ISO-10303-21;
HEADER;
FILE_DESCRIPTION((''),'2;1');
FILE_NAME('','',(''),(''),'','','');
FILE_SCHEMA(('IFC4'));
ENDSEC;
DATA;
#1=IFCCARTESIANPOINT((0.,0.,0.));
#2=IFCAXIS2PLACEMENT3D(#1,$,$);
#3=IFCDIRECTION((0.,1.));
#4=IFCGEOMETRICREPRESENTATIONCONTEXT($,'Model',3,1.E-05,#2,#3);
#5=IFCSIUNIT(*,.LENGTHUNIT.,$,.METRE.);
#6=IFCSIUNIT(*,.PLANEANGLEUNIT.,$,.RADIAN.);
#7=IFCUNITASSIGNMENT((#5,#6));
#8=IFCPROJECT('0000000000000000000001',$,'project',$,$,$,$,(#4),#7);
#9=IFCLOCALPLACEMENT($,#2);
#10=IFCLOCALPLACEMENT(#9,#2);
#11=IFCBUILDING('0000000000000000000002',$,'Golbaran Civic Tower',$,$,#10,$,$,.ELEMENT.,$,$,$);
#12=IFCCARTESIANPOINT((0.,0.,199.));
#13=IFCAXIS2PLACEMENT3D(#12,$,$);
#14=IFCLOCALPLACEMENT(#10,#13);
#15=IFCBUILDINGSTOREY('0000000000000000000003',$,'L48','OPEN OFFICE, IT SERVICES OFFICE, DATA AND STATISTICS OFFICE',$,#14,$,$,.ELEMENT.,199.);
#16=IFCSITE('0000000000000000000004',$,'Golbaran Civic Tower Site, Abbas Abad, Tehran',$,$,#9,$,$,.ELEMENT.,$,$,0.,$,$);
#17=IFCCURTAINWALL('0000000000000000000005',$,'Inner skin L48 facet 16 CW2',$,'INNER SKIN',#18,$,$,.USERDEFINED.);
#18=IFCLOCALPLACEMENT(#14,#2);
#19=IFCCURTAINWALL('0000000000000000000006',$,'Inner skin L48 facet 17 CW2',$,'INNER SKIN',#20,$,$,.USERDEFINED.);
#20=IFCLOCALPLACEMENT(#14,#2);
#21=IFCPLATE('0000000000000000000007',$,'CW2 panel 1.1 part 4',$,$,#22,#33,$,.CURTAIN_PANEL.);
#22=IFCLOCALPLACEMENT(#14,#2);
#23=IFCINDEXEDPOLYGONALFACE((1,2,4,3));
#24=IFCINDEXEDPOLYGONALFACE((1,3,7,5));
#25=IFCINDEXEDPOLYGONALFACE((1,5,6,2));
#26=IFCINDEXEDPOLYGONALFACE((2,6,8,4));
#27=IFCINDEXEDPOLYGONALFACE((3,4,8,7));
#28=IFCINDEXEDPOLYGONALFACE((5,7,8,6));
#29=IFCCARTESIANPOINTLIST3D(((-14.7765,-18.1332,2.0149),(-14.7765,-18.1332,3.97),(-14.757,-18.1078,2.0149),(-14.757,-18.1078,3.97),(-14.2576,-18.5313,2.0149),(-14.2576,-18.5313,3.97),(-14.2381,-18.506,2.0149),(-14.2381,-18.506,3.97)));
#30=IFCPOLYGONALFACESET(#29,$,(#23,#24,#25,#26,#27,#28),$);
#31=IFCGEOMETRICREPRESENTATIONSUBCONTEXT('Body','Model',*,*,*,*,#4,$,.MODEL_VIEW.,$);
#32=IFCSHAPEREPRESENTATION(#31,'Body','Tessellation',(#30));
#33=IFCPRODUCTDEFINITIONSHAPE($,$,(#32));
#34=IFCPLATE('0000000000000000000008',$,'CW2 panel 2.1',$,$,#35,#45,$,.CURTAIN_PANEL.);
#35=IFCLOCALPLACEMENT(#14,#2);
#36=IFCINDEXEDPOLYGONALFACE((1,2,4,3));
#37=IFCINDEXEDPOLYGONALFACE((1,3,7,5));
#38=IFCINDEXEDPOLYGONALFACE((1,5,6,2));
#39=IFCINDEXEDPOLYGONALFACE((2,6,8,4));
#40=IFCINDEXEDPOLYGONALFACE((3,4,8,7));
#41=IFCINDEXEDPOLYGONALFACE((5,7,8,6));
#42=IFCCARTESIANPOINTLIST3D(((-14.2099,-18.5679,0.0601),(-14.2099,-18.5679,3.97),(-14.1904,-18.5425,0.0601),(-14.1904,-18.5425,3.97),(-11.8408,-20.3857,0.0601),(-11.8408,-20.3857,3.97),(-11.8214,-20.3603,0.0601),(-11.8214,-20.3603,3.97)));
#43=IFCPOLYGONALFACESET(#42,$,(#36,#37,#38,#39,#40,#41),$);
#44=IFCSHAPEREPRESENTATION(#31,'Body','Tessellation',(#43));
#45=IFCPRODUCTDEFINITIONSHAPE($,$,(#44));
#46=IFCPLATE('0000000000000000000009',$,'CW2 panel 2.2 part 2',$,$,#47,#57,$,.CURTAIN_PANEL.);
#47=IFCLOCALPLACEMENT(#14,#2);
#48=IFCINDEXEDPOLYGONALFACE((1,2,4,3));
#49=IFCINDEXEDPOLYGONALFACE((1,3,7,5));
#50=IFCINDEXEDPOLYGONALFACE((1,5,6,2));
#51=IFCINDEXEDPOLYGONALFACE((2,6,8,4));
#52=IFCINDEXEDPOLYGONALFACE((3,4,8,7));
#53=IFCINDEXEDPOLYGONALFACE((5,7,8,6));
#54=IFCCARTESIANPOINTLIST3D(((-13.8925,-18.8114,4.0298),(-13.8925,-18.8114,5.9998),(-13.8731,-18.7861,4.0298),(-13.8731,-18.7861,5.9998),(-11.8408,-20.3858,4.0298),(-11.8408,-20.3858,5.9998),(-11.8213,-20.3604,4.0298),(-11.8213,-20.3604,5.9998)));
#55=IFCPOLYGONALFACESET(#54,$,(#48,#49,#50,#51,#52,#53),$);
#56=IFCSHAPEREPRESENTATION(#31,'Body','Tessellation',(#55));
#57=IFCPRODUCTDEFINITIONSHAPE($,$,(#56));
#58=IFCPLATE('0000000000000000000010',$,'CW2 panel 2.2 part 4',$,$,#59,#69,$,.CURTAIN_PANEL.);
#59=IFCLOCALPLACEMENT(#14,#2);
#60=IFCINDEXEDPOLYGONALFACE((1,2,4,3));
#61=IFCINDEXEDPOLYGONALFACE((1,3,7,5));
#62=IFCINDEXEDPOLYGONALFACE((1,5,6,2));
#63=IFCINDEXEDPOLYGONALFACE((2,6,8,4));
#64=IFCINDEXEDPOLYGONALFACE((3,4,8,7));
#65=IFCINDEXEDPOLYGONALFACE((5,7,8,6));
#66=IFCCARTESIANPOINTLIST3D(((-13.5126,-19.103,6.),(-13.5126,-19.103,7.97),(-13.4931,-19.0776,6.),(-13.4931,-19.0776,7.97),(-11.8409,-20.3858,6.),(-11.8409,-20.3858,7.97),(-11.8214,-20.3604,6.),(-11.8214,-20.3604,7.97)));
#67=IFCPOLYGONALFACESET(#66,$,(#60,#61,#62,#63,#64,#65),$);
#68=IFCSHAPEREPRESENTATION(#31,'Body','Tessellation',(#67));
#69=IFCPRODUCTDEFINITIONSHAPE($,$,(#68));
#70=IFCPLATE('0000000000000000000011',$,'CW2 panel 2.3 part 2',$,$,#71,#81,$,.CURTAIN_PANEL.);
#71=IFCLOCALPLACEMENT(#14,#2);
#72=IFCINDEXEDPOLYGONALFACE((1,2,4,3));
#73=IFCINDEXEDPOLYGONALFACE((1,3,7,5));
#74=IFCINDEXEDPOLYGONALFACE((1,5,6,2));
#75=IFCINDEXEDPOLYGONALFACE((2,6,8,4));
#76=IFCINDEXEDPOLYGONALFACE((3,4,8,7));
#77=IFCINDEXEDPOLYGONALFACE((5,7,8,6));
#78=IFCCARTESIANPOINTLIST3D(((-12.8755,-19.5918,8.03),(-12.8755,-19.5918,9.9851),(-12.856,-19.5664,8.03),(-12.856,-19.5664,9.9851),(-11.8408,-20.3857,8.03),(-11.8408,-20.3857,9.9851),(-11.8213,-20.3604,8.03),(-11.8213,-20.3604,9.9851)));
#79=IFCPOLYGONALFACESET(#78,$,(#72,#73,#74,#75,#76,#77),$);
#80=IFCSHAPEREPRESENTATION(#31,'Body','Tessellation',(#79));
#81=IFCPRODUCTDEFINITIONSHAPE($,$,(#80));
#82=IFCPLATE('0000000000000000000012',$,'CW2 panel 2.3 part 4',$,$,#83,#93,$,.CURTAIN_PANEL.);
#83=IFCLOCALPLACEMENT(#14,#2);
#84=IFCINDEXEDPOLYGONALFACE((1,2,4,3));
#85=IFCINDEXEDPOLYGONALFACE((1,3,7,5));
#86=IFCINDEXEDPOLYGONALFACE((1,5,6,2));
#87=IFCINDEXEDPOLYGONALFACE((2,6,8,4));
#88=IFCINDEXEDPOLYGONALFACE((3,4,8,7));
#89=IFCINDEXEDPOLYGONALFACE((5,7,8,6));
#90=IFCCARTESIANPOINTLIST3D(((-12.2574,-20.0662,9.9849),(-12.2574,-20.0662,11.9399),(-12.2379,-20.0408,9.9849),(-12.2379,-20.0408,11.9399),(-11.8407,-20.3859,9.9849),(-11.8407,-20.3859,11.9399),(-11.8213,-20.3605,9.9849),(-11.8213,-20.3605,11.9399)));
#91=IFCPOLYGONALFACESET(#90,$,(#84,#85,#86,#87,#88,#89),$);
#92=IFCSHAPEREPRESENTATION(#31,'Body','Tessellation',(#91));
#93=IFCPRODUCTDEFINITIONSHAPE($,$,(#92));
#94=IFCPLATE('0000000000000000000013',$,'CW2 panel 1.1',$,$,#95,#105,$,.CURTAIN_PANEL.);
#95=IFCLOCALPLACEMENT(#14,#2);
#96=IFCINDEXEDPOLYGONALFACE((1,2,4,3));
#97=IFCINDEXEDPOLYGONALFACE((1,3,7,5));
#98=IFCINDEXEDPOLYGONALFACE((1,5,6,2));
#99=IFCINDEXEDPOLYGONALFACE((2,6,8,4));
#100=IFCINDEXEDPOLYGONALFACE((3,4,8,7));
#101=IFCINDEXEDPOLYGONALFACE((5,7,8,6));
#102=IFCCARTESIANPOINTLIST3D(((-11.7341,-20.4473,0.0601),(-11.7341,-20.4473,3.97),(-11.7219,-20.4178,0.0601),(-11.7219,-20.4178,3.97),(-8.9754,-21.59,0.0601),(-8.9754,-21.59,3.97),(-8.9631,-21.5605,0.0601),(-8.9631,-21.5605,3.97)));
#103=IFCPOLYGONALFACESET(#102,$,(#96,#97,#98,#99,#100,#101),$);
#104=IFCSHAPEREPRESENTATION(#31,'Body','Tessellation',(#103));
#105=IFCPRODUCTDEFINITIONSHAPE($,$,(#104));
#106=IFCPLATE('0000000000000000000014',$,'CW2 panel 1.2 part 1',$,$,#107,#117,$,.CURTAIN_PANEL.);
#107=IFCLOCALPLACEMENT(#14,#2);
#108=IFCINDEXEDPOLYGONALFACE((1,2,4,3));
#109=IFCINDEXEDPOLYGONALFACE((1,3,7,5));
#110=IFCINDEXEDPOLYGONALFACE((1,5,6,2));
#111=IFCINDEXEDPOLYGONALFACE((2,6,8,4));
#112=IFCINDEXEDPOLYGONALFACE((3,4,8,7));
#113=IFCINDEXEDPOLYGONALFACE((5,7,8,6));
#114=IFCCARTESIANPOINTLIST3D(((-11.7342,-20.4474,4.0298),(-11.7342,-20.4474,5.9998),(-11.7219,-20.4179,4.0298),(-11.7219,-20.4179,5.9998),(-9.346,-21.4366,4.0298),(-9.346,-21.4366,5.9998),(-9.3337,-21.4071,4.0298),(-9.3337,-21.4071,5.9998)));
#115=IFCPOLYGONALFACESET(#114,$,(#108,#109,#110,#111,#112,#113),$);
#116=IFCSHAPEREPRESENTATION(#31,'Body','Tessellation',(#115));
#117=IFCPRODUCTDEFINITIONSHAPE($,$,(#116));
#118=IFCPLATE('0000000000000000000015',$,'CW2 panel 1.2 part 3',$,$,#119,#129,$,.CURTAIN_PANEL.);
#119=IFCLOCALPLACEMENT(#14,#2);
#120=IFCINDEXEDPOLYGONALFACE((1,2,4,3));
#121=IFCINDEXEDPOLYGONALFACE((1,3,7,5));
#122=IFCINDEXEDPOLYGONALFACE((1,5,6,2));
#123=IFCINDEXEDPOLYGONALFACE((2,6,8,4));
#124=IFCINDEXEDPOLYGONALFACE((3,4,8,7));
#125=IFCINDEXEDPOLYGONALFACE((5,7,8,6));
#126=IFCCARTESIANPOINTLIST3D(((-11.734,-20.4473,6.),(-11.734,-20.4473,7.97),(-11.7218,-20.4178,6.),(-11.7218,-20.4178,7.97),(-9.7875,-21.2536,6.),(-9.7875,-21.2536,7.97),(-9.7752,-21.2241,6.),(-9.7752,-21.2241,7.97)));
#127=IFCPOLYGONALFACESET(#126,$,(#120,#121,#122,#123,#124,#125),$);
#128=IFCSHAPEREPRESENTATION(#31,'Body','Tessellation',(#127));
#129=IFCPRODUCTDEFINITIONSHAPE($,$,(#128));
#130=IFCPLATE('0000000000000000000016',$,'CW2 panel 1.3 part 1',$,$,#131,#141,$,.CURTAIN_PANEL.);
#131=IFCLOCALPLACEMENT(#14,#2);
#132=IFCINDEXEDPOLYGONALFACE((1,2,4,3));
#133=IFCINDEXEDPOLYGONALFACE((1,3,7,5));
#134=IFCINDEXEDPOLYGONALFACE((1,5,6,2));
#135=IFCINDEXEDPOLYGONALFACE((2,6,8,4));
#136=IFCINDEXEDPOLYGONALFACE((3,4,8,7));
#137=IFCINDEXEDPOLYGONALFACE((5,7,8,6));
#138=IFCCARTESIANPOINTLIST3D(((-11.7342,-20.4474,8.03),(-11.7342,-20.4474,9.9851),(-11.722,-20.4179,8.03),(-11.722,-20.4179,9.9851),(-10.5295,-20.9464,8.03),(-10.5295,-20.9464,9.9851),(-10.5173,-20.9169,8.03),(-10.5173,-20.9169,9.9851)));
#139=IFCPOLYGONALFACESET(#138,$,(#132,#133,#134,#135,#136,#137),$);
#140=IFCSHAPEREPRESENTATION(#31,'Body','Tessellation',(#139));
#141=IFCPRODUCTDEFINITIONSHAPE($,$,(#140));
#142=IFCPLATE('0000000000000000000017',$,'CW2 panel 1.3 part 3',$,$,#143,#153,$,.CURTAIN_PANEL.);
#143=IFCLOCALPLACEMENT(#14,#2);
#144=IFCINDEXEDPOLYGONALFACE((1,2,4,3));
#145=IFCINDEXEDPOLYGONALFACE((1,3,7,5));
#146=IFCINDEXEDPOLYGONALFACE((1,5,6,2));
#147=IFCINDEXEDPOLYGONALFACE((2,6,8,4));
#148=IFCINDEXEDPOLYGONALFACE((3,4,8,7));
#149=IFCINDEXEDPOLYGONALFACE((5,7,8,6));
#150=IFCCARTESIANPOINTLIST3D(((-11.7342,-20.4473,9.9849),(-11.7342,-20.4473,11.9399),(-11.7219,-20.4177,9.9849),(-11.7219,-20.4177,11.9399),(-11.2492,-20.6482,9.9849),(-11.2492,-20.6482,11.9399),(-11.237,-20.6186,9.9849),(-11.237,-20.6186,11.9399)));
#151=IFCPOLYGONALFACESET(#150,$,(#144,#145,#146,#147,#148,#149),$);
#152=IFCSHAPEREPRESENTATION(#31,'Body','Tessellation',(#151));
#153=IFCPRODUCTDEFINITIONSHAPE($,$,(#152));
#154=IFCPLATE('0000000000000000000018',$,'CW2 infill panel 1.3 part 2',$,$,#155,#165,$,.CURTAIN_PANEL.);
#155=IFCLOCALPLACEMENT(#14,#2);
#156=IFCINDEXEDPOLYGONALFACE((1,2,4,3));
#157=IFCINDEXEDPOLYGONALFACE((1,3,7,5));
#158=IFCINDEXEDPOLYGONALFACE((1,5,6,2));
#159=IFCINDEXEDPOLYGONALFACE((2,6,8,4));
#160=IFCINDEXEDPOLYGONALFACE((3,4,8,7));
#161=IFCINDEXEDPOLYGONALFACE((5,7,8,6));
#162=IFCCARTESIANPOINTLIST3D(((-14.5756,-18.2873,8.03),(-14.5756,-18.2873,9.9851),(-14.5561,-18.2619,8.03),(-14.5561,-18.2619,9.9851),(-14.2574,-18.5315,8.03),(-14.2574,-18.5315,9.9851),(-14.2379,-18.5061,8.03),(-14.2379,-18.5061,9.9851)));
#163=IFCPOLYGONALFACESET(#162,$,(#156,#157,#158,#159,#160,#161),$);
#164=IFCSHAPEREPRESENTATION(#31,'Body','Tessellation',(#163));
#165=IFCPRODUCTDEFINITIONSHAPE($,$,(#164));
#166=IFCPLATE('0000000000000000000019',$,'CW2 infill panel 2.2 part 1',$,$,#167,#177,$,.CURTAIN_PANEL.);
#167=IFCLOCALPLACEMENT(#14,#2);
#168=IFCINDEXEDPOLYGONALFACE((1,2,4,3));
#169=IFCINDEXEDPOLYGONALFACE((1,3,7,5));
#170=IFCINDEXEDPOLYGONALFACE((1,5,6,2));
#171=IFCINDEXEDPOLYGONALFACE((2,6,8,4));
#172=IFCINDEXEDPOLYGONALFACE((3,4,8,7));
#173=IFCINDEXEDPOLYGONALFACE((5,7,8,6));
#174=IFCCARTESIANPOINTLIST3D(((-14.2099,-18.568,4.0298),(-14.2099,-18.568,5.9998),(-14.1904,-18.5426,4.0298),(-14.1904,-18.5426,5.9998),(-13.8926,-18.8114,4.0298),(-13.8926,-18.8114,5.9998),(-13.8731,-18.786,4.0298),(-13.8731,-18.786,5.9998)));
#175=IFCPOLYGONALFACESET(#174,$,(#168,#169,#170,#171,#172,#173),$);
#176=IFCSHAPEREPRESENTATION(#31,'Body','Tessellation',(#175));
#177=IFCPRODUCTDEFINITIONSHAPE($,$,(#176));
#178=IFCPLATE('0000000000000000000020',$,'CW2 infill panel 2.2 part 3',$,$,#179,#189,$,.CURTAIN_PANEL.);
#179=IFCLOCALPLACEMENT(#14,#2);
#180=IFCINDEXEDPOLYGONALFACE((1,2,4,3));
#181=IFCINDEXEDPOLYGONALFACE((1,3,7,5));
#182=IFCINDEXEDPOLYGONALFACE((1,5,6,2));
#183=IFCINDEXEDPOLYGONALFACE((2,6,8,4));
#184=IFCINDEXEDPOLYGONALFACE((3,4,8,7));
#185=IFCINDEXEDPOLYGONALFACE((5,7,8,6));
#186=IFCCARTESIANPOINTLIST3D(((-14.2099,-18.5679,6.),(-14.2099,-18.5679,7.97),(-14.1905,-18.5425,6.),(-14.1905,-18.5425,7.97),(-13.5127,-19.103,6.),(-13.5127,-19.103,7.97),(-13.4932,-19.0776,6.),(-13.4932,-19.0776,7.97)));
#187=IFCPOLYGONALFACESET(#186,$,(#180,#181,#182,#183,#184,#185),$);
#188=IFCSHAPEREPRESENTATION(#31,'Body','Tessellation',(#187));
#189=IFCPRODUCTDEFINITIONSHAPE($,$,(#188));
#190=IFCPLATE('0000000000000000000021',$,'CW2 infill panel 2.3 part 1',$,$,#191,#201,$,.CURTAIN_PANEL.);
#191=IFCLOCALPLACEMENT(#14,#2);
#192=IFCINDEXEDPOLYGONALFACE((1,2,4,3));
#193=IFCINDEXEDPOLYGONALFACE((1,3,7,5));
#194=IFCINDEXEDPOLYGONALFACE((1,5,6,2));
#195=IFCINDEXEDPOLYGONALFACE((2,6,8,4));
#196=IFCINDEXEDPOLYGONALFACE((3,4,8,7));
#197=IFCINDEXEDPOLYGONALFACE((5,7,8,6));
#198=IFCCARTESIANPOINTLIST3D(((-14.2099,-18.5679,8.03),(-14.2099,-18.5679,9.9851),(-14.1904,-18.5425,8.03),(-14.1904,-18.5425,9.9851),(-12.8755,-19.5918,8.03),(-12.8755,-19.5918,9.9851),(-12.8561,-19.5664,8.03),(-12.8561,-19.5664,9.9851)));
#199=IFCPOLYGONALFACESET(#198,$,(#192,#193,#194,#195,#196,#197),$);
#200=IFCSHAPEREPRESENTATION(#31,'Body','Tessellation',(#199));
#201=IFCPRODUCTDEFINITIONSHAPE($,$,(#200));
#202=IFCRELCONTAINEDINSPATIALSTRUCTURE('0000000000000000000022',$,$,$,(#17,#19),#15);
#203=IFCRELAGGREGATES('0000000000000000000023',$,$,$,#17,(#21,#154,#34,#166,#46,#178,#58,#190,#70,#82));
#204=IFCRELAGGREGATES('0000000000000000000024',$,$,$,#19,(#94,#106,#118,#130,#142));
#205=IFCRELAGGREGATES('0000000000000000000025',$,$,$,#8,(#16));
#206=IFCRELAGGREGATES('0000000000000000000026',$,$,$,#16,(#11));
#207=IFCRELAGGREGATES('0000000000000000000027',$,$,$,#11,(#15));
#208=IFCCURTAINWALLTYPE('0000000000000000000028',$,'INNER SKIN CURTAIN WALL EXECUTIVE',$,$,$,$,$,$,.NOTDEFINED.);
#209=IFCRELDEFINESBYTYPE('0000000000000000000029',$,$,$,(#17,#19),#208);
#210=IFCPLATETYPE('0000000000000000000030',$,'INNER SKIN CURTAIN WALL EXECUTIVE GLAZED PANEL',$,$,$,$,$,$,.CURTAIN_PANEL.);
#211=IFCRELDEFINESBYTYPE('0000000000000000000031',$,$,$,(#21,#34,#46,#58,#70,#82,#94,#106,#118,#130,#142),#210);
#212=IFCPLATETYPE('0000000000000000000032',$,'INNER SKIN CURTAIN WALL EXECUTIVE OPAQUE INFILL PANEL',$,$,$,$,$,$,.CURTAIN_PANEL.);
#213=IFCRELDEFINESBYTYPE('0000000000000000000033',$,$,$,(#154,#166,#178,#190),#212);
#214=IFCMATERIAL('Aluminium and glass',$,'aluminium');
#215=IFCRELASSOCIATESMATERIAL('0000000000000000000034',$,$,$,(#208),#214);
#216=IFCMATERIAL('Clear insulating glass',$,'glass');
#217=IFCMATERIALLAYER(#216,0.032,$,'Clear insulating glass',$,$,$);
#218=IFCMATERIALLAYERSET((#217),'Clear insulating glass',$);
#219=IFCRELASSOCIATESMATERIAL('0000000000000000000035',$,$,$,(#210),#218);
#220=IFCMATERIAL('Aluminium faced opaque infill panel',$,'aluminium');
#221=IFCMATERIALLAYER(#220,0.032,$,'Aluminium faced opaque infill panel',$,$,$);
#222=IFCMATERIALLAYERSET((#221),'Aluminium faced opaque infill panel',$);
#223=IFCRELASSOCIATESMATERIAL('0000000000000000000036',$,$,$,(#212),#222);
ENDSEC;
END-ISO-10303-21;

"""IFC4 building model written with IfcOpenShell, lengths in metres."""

from ifc_helpers import new_model, si_unit, direction, frame, origin, origin_2d, place, context, subcontext, project, spatial, rectangle, extrude, material, layer, layer_set, type_object, element, aggregate, save


model = new_model("IFC4")

# Units and contexts
model_context = context("Model", 3, precision=1e-05, world=origin(), true_north=direction((0.0, 1.0)))
body_context = subcontext(model_context, "Body", "Model", "MODEL_VIEW")
ifc_project = project(units=[si_unit("LENGTHUNIT", "METRE"), si_unit("PLANEANGLEUNIT", "RADIAN")], contexts=[model_context])

# Site, building, storey
site_placement = place(None, origin())
site = spatial("IfcSite", under=ifc_project, at=site_placement, Name="Golbaran Civic Tower Site, Abbas Abad, Tehran", CompositionType="ELEMENT", RefElevation=0.0)
building_placement = place(site_placement, origin())
building = spatial("IfcBuilding", under=site, at=building_placement, Name="Golbaran Civic Tower", CompositionType="ELEMENT")
storey_placement = place(building_placement, frame((0.0, 0.0, 199.0)))
storey = spatial("IfcBuildingStorey", under=building, at=storey_placement, Name="L48", Description="OPEN OFFICE, IT SERVICES OFFICE, DATA AND STATISTICS OFFICE", CompositionType="ELEMENT", Elevation=199.0)

# Curtain walls
ifc_material_1 = material(Name="Aluminium and glass", Category="aluminium")
curtain_wall_type_1 = type_object("IfcCurtainWallType", Name="INNER SKIN CURTAIN WALL EXECUTIVE", PredefinedType="NOTDEFINED", material=ifc_material_1)
curtain_wall_1_placement = place(storey_placement, origin())
curtain_wall_1 = element("IfcCurtainWall", 1, at=curtain_wall_1_placement, inside=storey, type_object=curtain_wall_type_1, Name="Inner skin L48 facet 16 CW2", ObjectType="INNER SKIN", PredefinedType="USERDEFINED")
curtain_wall_2_placement = place(storey_placement, origin())
curtain_wall_2 = element("IfcCurtainWall", 2, at=curtain_wall_2_placement, inside=storey, type_object=curtain_wall_type_1, Name="Inner skin L48 facet 17 CW2", ObjectType="INNER SKIN", PredefinedType="USERDEFINED")

# Plates
ifc_material_2 = material(Name="Clear insulating glass", Category="glass")
ifc_layer_1 = layer(ifc_material_2, 0.032, Name="Clear insulating glass")
ifc_layer_set_1 = layer_set([ifc_layer_1], Name="Clear insulating glass")
plate_type_1 = type_object("IfcPlateType", Name="INNER SKIN CURTAIN WALL EXECUTIVE GLAZED PANEL", PredefinedType="CURTAIN_PANEL", material=ifc_layer_set_1)
plate_1_placement = place(storey_placement, frame((-14.5073, -18.3196, 2.0149), z_axis=(0.0, 0.0, 1.0), x_axis=(0.793353, -0.608761, 0.0)))
plate_1 = element("IfcPlate", 3, at=plate_1_placement, type_object=plate_type_1, Name="CW2 panel 1.1 part 4", PredefinedType="CURTAIN_PANEL", context=body_context, shape_type="SweptSolid", body=[
    extrude(rectangle(XDim=0.6541, YDim=0.032, at=origin_2d()), origin(), (0.0, 0.0, 1.0), 1.9551),
])
plate_2_placement = place(storey_placement, frame((-13.0156, -19.4641, 0.0601), z_axis=(0.0, 0.0, 1.0), x_axis=(0.793353, -0.608761, 0.0)))
plate_2 = element("IfcPlate", 4, at=plate_2_placement, type_object=plate_type_1, Name="CW2 panel 2.1", PredefinedType="CURTAIN_PANEL", context=body_context, shape_type="SweptSolid", body=[
    extrude(rectangle(XDim=2.9861, YDim=0.032, at=origin_2d()), origin(), (0.0, 0.0, 1.0), 3.9099),
])
plate_3_placement = place(storey_placement, frame((-12.8569, -19.5859, 4.0298), z_axis=(0.0, 0.0, 1.0), x_axis=(0.793353, -0.608761, 0.0)))
plate_3 = element("IfcPlate", 5, at=plate_3_placement, type_object=plate_type_1, Name="CW2 panel 2.2 part 2", PredefinedType="CURTAIN_PANEL", context=body_context, shape_type="SweptSolid", body=[
    extrude(rectangle(XDim=2.5862, YDim=0.032, at=origin_2d()), origin(), (0.0, 0.0, 1.0), 1.97),
])
plate_4_placement = place(storey_placement, frame((-12.667, -19.7317, 6.0), z_axis=(0.0, 0.0, 1.0), x_axis=(0.793353, -0.608761, 0.0)))
plate_4 = element("IfcPlate", 6, at=plate_4_placement, type_object=plate_type_1, Name="CW2 panel 2.2 part 4", PredefinedType="CURTAIN_PANEL", context=body_context, shape_type="SweptSolid", body=[
    extrude(rectangle(XDim=2.1072, YDim=0.032, at=origin_2d()), origin(), (0.0, 0.0, 1.0), 1.97),
])
plate_5_placement = place(storey_placement, frame((-12.3484, -19.9761, 8.03), z_axis=(0.0, 0.0, 1.0), x_axis=(0.793353, -0.608761, 0.0)))
plate_5 = element("IfcPlate", 7, at=plate_5_placement, type_object=plate_type_1, Name="CW2 panel 2.3 part 2", PredefinedType="CURTAIN_PANEL", context=body_context, shape_type="SweptSolid", body=[
    extrude(rectangle(XDim=1.3042, YDim=0.032, at=origin_2d()), origin(), (0.0, 0.0, 1.0), 1.9551),
])
plate_6_placement = place(storey_placement, frame((-12.0393, -20.2134, 9.9849), z_axis=(0.0, 0.0, 1.0), x_axis=(0.793353, -0.608761, 0.0)))
plate_6 = element("IfcPlate", 8, at=plate_6_placement, type_object=plate_type_1, Name="CW2 panel 2.3 part 4", PredefinedType="CURTAIN_PANEL", context=body_context, shape_type="SweptSolid", body=[
    extrude(rectangle(XDim=0.5251, YDim=0.032, at=origin_2d()), origin(), (0.0, 0.0, 1.0), 1.9551),
])
plate_7_placement = place(storey_placement, frame((-10.3486, -21.0039, 0.0601), z_axis=(0.0, 0.0, 1.0), x_axis=(0.92388, -0.382683, 0.0)))
plate_7 = element("IfcPlate", 9, at=plate_7_placement, type_object=plate_type_1, Name="CW2 panel 1.1", PredefinedType="CURTAIN_PANEL", context=body_context, shape_type="SweptSolid", body=[
    extrude(rectangle(XDim=2.9861, YDim=0.032, at=origin_2d()), origin(), (0.0, 0.0, 1.0), 3.9099),
])
plate_8_placement = place(storey_placement, frame((-10.5339, -20.9272, 4.0298), z_axis=(0.0, 0.0, 1.0), x_axis=(0.92388, -0.382683, 0.0)))
plate_8 = element("IfcPlate", 10, at=plate_8_placement, type_object=plate_type_1, Name="CW2 panel 1.2 part 1", PredefinedType="CURTAIN_PANEL", context=body_context, shape_type="SweptSolid", body=[
    extrude(rectangle(XDim=2.585, YDim=0.032, at=origin_2d()), origin(), (0.0, 0.0, 1.0), 1.97),
])
plate_9_placement = place(storey_placement, frame((-10.7546, -20.8357, 6.0), z_axis=(0.0, 0.0, 1.0), x_axis=(0.92388, -0.382683, 0.0)))
plate_9 = element("IfcPlate", 11, at=plate_9_placement, type_object=plate_type_1, Name="CW2 panel 1.2 part 3", PredefinedType="CURTAIN_PANEL", context=body_context, shape_type="SweptSolid", body=[
    extrude(rectangle(XDim=2.1069, YDim=0.032, at=origin_2d()), origin(), (0.0, 0.0, 1.0), 1.97),
])
plate_10_placement = place(storey_placement, frame((-11.1257, -20.6821, 8.03), z_axis=(0.0, 0.0, 1.0), x_axis=(0.92388, -0.382683, 0.0)))
plate_10 = element("IfcPlate", 12, at=plate_10_placement, type_object=plate_type_1, Name="CW2 panel 1.3 part 1", PredefinedType="CURTAIN_PANEL", context=body_context, shape_type="SweptSolid", body=[
    extrude(rectangle(XDim=1.304, YDim=0.032, at=origin_2d()), origin(), (0.0, 0.0, 1.0), 1.9551),
])
plate_11_placement = place(storey_placement, frame((-11.4856, -20.533, 9.9849), z_axis=(0.0, 0.0, 1.0), x_axis=(0.92388, -0.382683, 0.0)))
plate_11 = element("IfcPlate", 13, at=plate_11_placement, type_object=plate_type_1, Name="CW2 panel 1.3 part 3", PredefinedType="CURTAIN_PANEL", context=body_context, shape_type="SweptSolid", body=[
    extrude(rectangle(XDim=0.5249, YDim=0.032, at=origin_2d()), origin(), (0.0, 0.0, 1.0), 1.9551),
])
ifc_material_3 = material(Name="Aluminium faced opaque infill panel", Category="aluminium")
ifc_layer_2 = layer(ifc_material_3, 0.032, Name="Aluminium faced opaque infill panel")
ifc_layer_set_2 = layer_set([ifc_layer_2], Name="Aluminium faced opaque infill panel")
plate_type_2 = type_object("IfcPlateType", Name="INNER SKIN CURTAIN WALL EXECUTIVE OPAQUE INFILL PANEL", PredefinedType="CURTAIN_PANEL", material=ifc_layer_set_2)
plate_12_placement = place(storey_placement, frame((-14.4067, -18.3967, 8.03), z_axis=(0.0, 0.0, 1.0), x_axis=(0.793353, -0.608761, 0.0)))
plate_12 = element("IfcPlate", 14, at=plate_12_placement, type_object=plate_type_2, Name="CW2 infill panel 1.3 part 2", PredefinedType="CURTAIN_PANEL", context=body_context, shape_type="SweptSolid", body=[
    extrude(rectangle(XDim=0.4011, YDim=0.032, at=origin_2d()), origin(), (0.0, 0.0, 1.0), 1.9551),
])
plate_13_placement = place(storey_placement, frame((-14.0415, -18.677, 4.0298), z_axis=(0.0, 0.0, 1.0), x_axis=(0.793353, -0.608761, 0.0)))
plate_13 = element("IfcPlate", 15, at=plate_13_placement, type_object=plate_type_2, Name="CW2 infill panel 2.2 part 1", PredefinedType="CURTAIN_PANEL", context=body_context, shape_type="SweptSolid", body=[
    extrude(rectangle(XDim=0.3999, YDim=0.032, at=origin_2d()), origin(), (0.0, 0.0, 1.0), 1.97),
])
plate_14_placement = place(storey_placement, frame((-13.8516, -18.8228, 6.0), z_axis=(0.0, 0.0, 1.0), x_axis=(0.793353, -0.608761, 0.0)))
plate_14 = element("IfcPlate", 16, at=plate_14_placement, type_object=plate_type_2, Name="CW2 infill panel 2.2 part 3", PredefinedType="CURTAIN_PANEL", context=body_context, shape_type="SweptSolid", body=[
    extrude(rectangle(XDim=0.8789, YDim=0.032, at=origin_2d()), origin(), (0.0, 0.0, 1.0), 1.97),
])
plate_15_placement = place(storey_placement, frame((-13.533, -19.0671, 8.03), z_axis=(0.0, 0.0, 1.0), x_axis=(0.793353, -0.608761, 0.0)))
plate_15 = element("IfcPlate", 17, at=plate_15_placement, type_object=plate_type_2, Name="CW2 infill panel 2.3 part 1", PredefinedType="CURTAIN_PANEL", context=body_context, shape_type="SweptSolid", body=[
    extrude(rectangle(XDim=1.6819, YDim=0.032, at=origin_2d()), origin(), (0.0, 0.0, 1.0), 1.9551),
])
aggregate(curtain_wall_1, [plate_1, plate_12, plate_2, plate_13, plate_3, plate_14, plate_4, plate_15, plate_5, plate_6])
aggregate(curtain_wall_2, [plate_7, plate_8, plate_9, plate_10, plate_11])

save(model, "model.ifc")
